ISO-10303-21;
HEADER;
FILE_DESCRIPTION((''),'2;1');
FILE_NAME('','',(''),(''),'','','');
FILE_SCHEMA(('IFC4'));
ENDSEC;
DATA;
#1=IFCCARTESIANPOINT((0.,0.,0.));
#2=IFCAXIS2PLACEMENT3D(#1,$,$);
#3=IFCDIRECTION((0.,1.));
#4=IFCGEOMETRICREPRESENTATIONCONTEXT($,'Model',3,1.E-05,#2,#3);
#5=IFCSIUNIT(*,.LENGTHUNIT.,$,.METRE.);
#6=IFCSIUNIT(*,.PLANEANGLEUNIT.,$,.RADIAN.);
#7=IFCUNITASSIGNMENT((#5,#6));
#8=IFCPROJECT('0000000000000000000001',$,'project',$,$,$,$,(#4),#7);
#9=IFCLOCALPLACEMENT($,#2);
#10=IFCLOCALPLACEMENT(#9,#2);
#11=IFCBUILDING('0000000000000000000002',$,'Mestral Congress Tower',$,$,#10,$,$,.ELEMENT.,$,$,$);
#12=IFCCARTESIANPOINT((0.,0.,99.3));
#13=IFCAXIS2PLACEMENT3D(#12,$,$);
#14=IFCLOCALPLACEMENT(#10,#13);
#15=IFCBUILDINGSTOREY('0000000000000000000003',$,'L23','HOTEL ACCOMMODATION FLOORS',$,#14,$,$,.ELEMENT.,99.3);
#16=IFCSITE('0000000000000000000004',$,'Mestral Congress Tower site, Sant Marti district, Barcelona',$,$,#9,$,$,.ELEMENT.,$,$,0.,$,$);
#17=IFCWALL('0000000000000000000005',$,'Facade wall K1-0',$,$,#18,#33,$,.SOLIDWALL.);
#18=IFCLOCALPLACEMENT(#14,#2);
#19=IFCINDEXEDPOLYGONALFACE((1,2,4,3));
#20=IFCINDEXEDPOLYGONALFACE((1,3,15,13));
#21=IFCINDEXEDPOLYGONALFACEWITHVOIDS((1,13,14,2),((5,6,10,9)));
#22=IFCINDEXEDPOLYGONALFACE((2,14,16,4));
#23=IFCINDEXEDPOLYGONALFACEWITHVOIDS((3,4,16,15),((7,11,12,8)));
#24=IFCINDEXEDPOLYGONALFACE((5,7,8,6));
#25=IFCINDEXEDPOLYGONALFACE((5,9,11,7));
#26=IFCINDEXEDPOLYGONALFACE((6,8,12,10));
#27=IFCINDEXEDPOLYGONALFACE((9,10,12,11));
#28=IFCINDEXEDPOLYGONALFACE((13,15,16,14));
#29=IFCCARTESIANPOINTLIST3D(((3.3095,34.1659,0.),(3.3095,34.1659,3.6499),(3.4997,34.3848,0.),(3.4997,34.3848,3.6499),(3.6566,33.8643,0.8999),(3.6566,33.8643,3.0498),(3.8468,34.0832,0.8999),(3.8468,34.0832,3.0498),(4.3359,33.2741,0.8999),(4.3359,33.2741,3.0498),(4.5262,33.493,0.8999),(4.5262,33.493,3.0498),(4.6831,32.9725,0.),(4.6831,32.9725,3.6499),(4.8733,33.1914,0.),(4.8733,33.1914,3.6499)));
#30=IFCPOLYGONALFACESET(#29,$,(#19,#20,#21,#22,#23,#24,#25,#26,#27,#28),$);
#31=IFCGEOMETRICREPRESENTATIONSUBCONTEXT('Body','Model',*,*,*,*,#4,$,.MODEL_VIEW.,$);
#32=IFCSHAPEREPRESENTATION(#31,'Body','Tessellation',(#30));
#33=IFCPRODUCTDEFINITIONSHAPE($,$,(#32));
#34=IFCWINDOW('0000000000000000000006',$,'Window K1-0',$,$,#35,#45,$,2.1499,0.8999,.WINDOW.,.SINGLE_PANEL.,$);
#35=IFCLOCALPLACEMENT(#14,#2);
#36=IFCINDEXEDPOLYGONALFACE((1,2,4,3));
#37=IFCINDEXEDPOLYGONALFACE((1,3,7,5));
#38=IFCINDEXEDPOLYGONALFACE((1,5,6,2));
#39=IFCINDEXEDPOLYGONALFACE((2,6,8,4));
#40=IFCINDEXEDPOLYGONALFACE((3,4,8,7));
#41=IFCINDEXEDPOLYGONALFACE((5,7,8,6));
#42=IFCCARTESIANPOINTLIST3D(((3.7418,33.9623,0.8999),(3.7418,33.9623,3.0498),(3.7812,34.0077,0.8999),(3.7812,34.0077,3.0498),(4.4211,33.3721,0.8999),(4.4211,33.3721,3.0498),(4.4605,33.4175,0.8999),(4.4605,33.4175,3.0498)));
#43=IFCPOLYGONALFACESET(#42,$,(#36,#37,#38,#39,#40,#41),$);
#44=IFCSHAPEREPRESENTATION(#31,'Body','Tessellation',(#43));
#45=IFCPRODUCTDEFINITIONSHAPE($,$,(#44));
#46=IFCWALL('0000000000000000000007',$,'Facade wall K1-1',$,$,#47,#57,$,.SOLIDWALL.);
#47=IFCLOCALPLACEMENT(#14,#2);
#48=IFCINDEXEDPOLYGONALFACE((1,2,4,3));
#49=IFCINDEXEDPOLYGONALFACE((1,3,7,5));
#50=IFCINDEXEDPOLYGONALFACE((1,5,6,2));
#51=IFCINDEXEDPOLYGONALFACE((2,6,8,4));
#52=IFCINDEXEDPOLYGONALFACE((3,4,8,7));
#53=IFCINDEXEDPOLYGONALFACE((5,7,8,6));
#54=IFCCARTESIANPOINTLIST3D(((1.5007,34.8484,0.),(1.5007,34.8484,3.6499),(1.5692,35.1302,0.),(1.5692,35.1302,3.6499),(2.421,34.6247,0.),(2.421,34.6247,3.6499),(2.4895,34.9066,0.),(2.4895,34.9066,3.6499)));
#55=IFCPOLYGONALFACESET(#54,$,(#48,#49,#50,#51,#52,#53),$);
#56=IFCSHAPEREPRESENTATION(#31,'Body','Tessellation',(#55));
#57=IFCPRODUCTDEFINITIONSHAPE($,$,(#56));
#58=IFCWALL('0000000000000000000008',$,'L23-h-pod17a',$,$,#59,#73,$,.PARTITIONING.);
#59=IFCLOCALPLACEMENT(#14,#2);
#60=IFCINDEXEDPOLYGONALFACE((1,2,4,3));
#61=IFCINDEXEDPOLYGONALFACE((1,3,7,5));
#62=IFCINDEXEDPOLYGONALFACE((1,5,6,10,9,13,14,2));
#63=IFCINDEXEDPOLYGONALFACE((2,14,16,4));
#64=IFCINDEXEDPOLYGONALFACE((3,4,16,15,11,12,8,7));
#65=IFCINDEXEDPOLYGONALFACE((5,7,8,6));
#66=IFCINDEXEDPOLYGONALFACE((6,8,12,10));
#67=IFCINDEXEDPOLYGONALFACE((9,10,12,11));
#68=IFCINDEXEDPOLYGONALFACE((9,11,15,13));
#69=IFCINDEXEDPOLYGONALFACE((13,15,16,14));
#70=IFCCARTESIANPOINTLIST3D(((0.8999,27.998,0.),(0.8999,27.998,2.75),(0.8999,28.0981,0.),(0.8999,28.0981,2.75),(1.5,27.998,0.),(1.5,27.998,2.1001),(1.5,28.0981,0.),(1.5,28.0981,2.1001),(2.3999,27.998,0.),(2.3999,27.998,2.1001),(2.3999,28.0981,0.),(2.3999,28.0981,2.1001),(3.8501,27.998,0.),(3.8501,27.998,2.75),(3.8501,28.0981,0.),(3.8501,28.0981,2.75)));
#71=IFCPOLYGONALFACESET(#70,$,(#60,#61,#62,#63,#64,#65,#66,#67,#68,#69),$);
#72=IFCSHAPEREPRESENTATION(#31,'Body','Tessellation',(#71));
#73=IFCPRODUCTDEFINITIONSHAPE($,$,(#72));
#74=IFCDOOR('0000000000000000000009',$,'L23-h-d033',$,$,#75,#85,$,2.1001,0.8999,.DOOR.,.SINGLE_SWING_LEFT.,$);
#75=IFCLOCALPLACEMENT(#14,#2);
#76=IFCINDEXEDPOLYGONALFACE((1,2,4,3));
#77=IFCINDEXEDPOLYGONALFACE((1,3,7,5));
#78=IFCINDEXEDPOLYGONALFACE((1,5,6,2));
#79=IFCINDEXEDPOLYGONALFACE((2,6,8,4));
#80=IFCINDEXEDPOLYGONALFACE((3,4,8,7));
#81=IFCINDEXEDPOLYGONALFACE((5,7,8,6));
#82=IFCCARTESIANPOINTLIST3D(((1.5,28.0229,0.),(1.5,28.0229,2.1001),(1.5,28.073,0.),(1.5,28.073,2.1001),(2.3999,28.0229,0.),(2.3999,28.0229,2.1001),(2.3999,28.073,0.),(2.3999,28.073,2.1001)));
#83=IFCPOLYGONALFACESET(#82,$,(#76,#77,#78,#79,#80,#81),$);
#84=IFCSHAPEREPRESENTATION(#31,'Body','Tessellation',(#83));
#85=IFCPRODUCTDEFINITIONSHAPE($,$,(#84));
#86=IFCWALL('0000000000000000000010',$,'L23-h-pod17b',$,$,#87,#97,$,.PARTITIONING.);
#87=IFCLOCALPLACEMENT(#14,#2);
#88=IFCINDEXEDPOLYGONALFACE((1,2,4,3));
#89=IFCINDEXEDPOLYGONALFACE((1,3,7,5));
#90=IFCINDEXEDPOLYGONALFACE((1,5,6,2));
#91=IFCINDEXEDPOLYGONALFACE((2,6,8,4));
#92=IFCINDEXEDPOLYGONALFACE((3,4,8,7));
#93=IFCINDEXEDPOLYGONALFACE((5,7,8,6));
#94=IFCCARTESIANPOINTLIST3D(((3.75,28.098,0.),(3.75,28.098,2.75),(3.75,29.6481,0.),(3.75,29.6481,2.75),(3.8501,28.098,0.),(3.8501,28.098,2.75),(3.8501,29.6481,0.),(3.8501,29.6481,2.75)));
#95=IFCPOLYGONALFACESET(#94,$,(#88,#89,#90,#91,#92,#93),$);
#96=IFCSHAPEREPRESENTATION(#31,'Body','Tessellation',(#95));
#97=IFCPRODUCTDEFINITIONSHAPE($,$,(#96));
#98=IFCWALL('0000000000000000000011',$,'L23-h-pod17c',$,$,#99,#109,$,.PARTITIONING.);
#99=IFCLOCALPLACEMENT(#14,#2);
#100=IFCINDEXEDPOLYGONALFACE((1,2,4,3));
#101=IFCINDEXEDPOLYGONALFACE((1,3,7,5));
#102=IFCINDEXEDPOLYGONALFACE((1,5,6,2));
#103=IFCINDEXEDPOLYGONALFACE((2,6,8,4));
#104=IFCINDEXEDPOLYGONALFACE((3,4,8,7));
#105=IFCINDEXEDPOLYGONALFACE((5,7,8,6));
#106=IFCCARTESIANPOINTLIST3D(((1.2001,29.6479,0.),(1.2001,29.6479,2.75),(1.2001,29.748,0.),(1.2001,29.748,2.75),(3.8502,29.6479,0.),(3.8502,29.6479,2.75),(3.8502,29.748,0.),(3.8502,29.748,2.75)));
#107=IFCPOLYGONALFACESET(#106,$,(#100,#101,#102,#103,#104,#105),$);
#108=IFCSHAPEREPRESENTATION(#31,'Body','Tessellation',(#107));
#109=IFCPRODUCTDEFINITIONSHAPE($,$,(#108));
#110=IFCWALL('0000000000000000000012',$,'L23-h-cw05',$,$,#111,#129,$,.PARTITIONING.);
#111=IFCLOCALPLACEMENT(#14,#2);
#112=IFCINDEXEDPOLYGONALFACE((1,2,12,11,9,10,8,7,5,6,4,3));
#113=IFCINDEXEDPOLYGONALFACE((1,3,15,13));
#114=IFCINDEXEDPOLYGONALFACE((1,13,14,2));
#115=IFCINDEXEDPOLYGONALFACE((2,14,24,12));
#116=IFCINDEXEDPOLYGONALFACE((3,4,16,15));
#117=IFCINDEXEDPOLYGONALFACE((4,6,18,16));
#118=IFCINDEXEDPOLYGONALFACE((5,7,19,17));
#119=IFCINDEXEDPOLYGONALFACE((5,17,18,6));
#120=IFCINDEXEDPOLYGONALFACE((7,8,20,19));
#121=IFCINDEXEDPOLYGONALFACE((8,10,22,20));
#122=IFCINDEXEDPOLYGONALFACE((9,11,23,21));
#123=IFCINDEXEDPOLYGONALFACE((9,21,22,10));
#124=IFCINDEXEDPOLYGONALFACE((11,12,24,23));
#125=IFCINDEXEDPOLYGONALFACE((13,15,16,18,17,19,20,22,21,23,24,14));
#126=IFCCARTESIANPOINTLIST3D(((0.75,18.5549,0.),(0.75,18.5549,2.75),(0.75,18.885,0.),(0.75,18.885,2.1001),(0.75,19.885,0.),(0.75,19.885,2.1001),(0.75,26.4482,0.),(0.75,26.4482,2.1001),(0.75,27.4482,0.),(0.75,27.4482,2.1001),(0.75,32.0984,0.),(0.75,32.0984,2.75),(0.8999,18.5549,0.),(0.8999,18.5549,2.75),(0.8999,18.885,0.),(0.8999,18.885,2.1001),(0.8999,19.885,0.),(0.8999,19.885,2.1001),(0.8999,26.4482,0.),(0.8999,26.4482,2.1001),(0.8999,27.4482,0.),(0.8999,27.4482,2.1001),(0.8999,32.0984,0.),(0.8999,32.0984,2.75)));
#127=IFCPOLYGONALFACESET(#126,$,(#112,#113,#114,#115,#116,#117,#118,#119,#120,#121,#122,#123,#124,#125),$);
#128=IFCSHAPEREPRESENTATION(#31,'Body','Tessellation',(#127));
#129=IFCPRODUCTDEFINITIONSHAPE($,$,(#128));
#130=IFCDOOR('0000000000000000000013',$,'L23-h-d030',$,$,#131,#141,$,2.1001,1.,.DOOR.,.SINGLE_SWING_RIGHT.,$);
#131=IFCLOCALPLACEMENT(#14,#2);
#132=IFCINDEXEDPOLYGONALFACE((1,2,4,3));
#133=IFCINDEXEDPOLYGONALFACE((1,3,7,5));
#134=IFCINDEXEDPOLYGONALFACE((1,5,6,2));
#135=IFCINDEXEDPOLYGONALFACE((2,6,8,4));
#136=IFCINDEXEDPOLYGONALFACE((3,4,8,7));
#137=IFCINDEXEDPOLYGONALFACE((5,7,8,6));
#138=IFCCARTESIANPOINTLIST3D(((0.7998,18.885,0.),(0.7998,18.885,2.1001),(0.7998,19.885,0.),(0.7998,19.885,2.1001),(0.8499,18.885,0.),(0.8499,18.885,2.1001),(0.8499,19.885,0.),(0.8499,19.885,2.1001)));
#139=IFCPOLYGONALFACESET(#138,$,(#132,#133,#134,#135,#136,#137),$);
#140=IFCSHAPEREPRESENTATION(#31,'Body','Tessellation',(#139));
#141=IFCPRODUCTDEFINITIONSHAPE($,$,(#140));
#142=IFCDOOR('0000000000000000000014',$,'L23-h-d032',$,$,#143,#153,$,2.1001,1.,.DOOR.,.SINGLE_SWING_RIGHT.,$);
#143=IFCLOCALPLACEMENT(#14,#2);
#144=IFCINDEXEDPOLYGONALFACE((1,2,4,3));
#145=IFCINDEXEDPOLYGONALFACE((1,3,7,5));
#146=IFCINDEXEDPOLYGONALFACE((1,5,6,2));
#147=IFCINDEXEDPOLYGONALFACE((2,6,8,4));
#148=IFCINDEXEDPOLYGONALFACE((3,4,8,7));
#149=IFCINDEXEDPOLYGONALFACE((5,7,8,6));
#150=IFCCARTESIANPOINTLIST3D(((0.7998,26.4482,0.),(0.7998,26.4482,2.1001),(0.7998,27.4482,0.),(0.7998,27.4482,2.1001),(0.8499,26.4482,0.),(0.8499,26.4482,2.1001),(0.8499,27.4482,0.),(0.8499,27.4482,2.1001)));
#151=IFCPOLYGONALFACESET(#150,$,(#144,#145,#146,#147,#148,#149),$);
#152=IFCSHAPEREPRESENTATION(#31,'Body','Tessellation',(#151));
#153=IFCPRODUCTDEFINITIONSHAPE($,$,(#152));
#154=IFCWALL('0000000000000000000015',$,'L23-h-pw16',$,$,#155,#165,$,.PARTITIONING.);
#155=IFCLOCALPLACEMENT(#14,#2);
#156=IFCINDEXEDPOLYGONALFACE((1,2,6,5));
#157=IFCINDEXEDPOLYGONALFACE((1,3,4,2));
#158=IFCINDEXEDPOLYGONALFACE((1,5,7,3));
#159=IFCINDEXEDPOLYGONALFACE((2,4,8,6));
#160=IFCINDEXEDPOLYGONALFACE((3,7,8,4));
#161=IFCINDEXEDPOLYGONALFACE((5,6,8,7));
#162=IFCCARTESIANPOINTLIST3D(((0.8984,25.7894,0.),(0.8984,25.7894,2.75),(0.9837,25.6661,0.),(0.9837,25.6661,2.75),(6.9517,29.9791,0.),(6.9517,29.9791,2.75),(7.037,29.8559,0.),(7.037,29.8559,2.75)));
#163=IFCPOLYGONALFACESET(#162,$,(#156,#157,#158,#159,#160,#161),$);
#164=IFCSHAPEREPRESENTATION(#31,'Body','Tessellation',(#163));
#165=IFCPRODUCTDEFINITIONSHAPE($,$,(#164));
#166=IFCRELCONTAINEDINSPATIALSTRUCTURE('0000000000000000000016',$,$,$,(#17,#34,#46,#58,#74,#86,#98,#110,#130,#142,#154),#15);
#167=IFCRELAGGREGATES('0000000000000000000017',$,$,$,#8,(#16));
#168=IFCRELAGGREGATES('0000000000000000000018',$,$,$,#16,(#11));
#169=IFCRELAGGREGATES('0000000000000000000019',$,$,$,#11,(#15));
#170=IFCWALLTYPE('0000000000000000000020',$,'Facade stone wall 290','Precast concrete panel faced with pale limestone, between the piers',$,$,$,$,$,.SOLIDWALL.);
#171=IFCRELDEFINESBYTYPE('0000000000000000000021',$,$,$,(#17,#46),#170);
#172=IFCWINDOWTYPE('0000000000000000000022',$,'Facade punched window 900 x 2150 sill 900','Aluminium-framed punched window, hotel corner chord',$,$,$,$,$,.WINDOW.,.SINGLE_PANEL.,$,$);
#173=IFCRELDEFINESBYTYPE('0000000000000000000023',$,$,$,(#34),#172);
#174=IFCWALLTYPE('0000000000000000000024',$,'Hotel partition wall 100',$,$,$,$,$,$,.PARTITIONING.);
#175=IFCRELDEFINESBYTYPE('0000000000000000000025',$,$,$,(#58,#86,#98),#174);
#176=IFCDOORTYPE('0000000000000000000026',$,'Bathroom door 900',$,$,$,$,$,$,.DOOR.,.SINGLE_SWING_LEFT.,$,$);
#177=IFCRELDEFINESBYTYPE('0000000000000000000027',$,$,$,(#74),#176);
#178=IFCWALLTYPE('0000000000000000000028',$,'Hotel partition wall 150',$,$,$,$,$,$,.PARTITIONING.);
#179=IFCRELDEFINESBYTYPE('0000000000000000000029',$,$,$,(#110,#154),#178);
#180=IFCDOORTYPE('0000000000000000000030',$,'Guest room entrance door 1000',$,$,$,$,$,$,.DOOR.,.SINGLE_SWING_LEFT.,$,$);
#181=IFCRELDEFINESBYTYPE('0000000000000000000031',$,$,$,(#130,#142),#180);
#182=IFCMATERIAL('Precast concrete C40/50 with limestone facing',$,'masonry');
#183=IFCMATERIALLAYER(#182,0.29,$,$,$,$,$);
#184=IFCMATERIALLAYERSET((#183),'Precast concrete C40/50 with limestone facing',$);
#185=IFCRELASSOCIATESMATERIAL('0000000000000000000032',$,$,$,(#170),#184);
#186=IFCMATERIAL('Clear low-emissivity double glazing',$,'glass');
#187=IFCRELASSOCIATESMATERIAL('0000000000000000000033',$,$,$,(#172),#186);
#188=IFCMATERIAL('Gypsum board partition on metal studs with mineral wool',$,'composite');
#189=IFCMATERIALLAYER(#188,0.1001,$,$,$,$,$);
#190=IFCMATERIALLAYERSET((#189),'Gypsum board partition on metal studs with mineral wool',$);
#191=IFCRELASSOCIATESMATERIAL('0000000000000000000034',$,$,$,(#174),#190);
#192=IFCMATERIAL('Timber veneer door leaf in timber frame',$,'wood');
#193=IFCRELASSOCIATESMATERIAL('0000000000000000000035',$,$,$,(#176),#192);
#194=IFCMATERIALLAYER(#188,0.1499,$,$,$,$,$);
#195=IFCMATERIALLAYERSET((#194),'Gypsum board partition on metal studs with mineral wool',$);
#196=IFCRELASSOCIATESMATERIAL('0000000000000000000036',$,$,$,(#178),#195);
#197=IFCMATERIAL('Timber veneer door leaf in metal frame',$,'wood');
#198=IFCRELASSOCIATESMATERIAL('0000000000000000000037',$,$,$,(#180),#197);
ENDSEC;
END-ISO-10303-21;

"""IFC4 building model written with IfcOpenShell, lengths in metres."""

from ifc_helpers import new_model, si_unit, direction, frame, frame_2d, origin, place, context, subcontext, project, spatial, rectangle, extrude, material, layer, layer_set, type_object, element, fill, save


model = new_model("IFC4")

# Units and contexts
model_context = context("Model", 3, precision=1e-05, world=origin(), true_north=direction((0.0, 1.0)))
body_context = subcontext(model_context, "Body", "Model", "MODEL_VIEW")
ifc_project = project(units=[si_unit("LENGTHUNIT", "METRE"), si_unit("PLANEANGLEUNIT", "RADIAN")], contexts=[model_context])

# Site, building, storey
site_placement = place(None, origin())
site = spatial("IfcSite", under=ifc_project, at=site_placement, Name="Mestral Congress Tower site, Sant Marti district, Barcelona", CompositionType="ELEMENT", RefElevation=0.0)
building_placement = place(site_placement, origin())
building = spatial("IfcBuilding", under=site, at=building_placement, Name="Mestral Congress Tower", CompositionType="ELEMENT")
storey_placement = place(building_placement, frame((0.0, 0.0, 99.3)))
storey = spatial("IfcBuildingStorey", under=building, at=storey_placement, Name="L23", Description="HOTEL ACCOMMODATION FLOORS", CompositionType="ELEMENT", Elevation=99.3)

# Wall, opening, window
ifc_material_1 = material(Name="Precast concrete C40/50 with limestone facing", Category="masonry")
ifc_layer_1 = layer(ifc_material_1, 0.29)
ifc_layer_set_1 = layer_set([ifc_layer_1], Name="Precast concrete C40/50 with limestone facing")
wall_type_1 = type_object("IfcWallType", Name="Facade stone wall 290", Description="Precast concrete panel faced with pale limestone, between the piers", PredefinedType="SOLIDWALL", material=ifc_layer_set_1)
wall_1_placement = place(storey_placement, frame((4.7781, 33.082, 0.0), z_axis=(0.0, 0.0, 1.0), x_axis=(-0.754883, 0.65586, 0.0)))
wall_1 = element("IfcWall", 1, at=wall_1_placement, inside=storey, type_object=wall_type_1, Name="Facade wall K1-0", PredefinedType="SOLIDWALL", context=body_context, shape_type="SweptSolid", body=[
    extrude(rectangle(XDim=1.8196, YDim=0.29, at=frame_2d((0.9097, 0.0))), origin(), (0.0, 0.0, 1.0), 3.6499),
])
opening_1_placement = place(wall_1_placement, frame((0.4597, 0.0, 0.8999)))
opening_1 = element("IfcOpeningElement", 2, at=opening_1_placement, cuts=wall_1, PredefinedType="OPENING", context=body_context, shape_type="SweptSolid", body=[
    extrude(rectangle(XDim=0.8999, YDim=2.1499, at=frame_2d((0.45, 1.075))), frame((0.0, 0.155, 0.0), z_axis=(0.0, -1.0, 0.0), x_axis=(1.0, 0.0, 0.0)), (0.0, 0.0, 1.0), 0.3101),
])
ifc_material_2 = material(Name="Clear low-emissivity double glazing", Category="glass")
window_type = type_object("IfcWindowType", Name="Facade punched window 900 x 2150 sill 900", Description="Aluminium-framed punched window, hotel corner chord", PartitioningType="SINGLE_PANEL", PredefinedType="WINDOW", material=ifc_material_2)
window_placement = place(opening_1_placement, origin())
window = element("IfcWindow", 3, at=window_placement, inside=storey, type_object=window_type, Name="Window K1-0", OverallHeight=2.1499, OverallWidth=0.8999, PartitioningType="SINGLE_PANEL", PredefinedType="WINDOW", context=body_context, shape_type="SweptSolid", body=[
    extrude(rectangle(XDim=0.8999, YDim=2.1499, at=frame_2d((0.45, 1.075))), frame((0.0, 0.0151, 0.0), z_axis=(0.0, -1.0, 0.0), x_axis=(1.0, 0.0, 0.0)), (0.0, 0.0, 1.0), 0.0601),
])
fill(opening_1, window)

# Wall
wall_2_placement = place(storey_placement, frame((2.4553, 34.7656, 0.0), z_axis=(0.0, 0.0, 1.0), x_axis=(-0.971714, 0.236161, 0.0)))
element("IfcWall", 4, at=wall_2_placement, inside=storey, type_object=wall_type_1, Name="Facade wall K1-1", PredefinedType="SOLIDWALL", context=body_context, shape_type="SweptSolid", body=[
    extrude(rectangle(XDim=0.947, YDim=0.29, at=frame_2d((0.4736, 0.0))), origin(), (0.0, 0.0, 1.0), 3.6499),
])

# Wall, opening, door
ifc_material_3 = material(Name="Gypsum board partition on metal studs with mineral wool", Category="composite")
ifc_layer_2 = layer(ifc_material_3, 0.1001)
ifc_layer_set_2 = layer_set([ifc_layer_2], Name="Gypsum board partition on metal studs with mineral wool")
wall_type_2 = type_object("IfcWallType", Name="Hotel partition wall 100", PredefinedType="PARTITIONING", material=ifc_layer_set_2)
wall_3_placement = place(storey_placement, frame((0.8999, 28.0481, 0.0), z_axis=(0.0, 0.0, 1.0), x_axis=(1.0, 0.0, 0.0)))
wall_3 = element("IfcWall", 5, at=wall_3_placement, inside=storey, type_object=wall_type_2, Name="L23-h-pod17a", PredefinedType="PARTITIONING", context=body_context, shape_type="SweptSolid", body=[
    extrude(rectangle(XDim=2.9502, YDim=0.1001, at=frame_2d((1.4751, 0.0))), origin(), (0.0, 0.0, 1.0), 2.75),
])
opening_2_placement = place(wall_3_placement, frame((0.6001, 0.0, 0.0)))
opening_2 = element("IfcOpeningElement", 6, at=opening_2_placement, cuts=wall_3, PredefinedType="OPENING", context=body_context, shape_type="SweptSolid", body=[
    extrude(rectangle(XDim=0.8999, YDim=2.1001, at=frame_2d((0.45, 1.05))), frame((0.0, 0.0601, 0.0), z_axis=(0.0, -1.0, 0.0), x_axis=(1.0, 0.0, 0.0)), (0.0, 0.0, 1.0), 0.1201),
])
ifc_material_4 = material(Name="Timber veneer door leaf in timber frame", Category="wood")
door_type_1 = type_object("IfcDoorType", Name="Bathroom door 900", OperationType="SINGLE_SWING_LEFT", PredefinedType="DOOR", material=ifc_material_4)
door_1_placement = place(opening_2_placement, origin())
door_1 = element("IfcDoor", 7, at=door_1_placement, inside=storey, type_object=door_type_1, Name="L23-h-d033", OperationType="SINGLE_SWING_LEFT", OverallHeight=2.1001, OverallWidth=0.8999, PredefinedType="DOOR", context=body_context, shape_type="SweptSolid", body=[
    extrude(rectangle(XDim=0.8999, YDim=2.1001, at=frame_2d((0.45, 1.05))), frame((0.0, 0.0249, 0.0), z_axis=(0.0, -1.0, 0.0), x_axis=(1.0, 0.0, 0.0)), (0.0, 0.0, 1.0), 0.05),
])
fill(opening_2, door_1)

# Walls
wall_4_placement = place(storey_placement, frame((3.8, 28.0981, 0.0), z_axis=(0.0, 0.0, 1.0), x_axis=(0.0, 1.0, 0.0)))
element("IfcWall", 8, at=wall_4_placement, inside=storey, type_object=wall_type_2, Name="L23-h-pod17b", PredefinedType="PARTITIONING", context=body_context, shape_type="SweptSolid", body=[
    extrude(rectangle(XDim=1.55, YDim=0.1001, at=frame_2d((0.7749, 0.0))), origin(), (0.0, 0.0, 1.0), 2.75),
])
wall_5_placement = place(storey_placement, frame((1.2, 29.698, 0.0), z_axis=(0.0, 0.0, 1.0), x_axis=(1.0, 0.0, 0.0)))
element("IfcWall", 9, at=wall_5_placement, inside=storey, type_object=wall_type_2, Name="L23-h-pod17c", PredefinedType="PARTITIONING", context=body_context, shape_type="SweptSolid", body=[
    extrude(rectangle(XDim=2.6501, YDim=0.1001, at=frame_2d((1.3252, 0.0))), origin(), (0.0, 0.0, 1.0), 2.75),
])

# Wall, openings, doors
ifc_layer_3 = layer(ifc_material_3, 0.1499)
ifc_layer_set_3 = layer_set([ifc_layer_3], Name="Gypsum board partition on metal studs with mineral wool")
wall_type_3 = type_object("IfcWallType", Name="Hotel partition wall 150", PredefinedType="PARTITIONING", material=ifc_layer_set_3)
wall_6_placement = place(storey_placement, frame((0.825, 32.0984, 0.0), z_axis=(0.0, 0.0, 1.0), x_axis=(0.0, -1.0, 0.0)))
wall_6 = element("IfcWall", 10, at=wall_6_placement, inside=storey, type_object=wall_type_3, Name="L23-h-cw05", PredefinedType="PARTITIONING", context=body_context, shape_type="SweptSolid", body=[
    extrude(rectangle(XDim=13.5435, YDim=0.1499, at=frame_2d((6.7717, 0.0))), origin(), (0.0, 0.0, 1.0), 2.75),
])
opening_3_placement = place(wall_6_placement, frame((12.2134, 0.0, 0.0)))
opening_3 = element("IfcOpeningElement", 11, at=opening_3_placement, cuts=wall_6, PredefinedType="OPENING", context=body_context, shape_type="SweptSolid", body=[
    extrude(rectangle(XDim=1.0, YDim=2.1001, at=frame_2d((0.5, 1.05))), frame((0.0, 0.085, 0.0), z_axis=(0.0, -1.0, 0.0), x_axis=(1.0, 0.0, 0.0)), (0.0, 0.0, 1.0), 0.1699),
])
opening_4_placement = place(wall_6_placement, frame((4.6501, 0.0, 0.0)))
opening_4 = element("IfcOpeningElement", 12, at=opening_4_placement, cuts=wall_6, PredefinedType="OPENING", context=body_context, shape_type="SweptSolid", body=[
    extrude(rectangle(XDim=1.0, YDim=2.1001, at=frame_2d((0.5, 1.05))), frame((0.0, 0.085, 0.0), z_axis=(0.0, -1.0, 0.0), x_axis=(1.0, 0.0, 0.0)), (0.0, 0.0, 1.0), 0.1699),
])
ifc_material_5 = material(Name="Timber veneer door leaf in metal frame", Category="wood")
door_type_2 = type_object("IfcDoorType", Name="Guest room entrance door 1000", OperationType="SINGLE_SWING_LEFT", PredefinedType="DOOR", material=ifc_material_5)
door_2_placement = place(opening_3_placement, origin())
door_2 = element("IfcDoor", 13, at=door_2_placement, inside=storey, type_object=door_type_2, Name="L23-h-d030", OperationType="SINGLE_SWING_RIGHT", OverallHeight=2.1001, OverallWidth=1.0, PredefinedType="DOOR", context=body_context, shape_type="SweptSolid", body=[
    extrude(rectangle(XDim=1.0, YDim=2.1001, at=frame_2d((0.5, 1.05))), frame((0.0, 0.0249, 0.0), z_axis=(0.0, -1.0, 0.0), x_axis=(1.0, 0.0, 0.0)), (0.0, 0.0, 1.0), 0.05),
])
fill(opening_3, door_2)
door_3_placement = place(opening_4_placement, origin())
door_3 = element("IfcDoor", 14, at=door_3_placement, inside=storey, type_object=door_type_2, Name="L23-h-d032", OperationType="SINGLE_SWING_RIGHT", OverallHeight=2.1001, OverallWidth=1.0, PredefinedType="DOOR", context=body_context, shape_type="SweptSolid", body=[
    extrude(rectangle(XDim=1.0, YDim=2.1001, at=frame_2d((0.5, 1.05))), frame((0.0, 0.0249, 0.0), z_axis=(0.0, -1.0, 0.0), x_axis=(1.0, 0.0, 0.0)), (0.0, 0.0, 1.0), 0.05),
])
fill(opening_4, door_3)

# Wall
wall_7_placement = place(storey_placement, frame((6.9944, 29.9175, 0.0), z_axis=(0.0, 0.0, 1.0), x_axis=(-0.822255, -0.569119, 0.0)))
element("IfcWall", 15, at=wall_7_placement, inside=storey, type_object=wall_type_3, Name="L23-h-pw16", PredefinedType="PARTITIONING", context=body_context, shape_type="SweptSolid", body=[
    extrude(rectangle(XDim=7.3618, YDim=0.1499, at=frame_2d((3.6809, 0.0))), origin(), (0.0, 0.0, 1.0), 2.75),
])

save(model, "model.ifc")
